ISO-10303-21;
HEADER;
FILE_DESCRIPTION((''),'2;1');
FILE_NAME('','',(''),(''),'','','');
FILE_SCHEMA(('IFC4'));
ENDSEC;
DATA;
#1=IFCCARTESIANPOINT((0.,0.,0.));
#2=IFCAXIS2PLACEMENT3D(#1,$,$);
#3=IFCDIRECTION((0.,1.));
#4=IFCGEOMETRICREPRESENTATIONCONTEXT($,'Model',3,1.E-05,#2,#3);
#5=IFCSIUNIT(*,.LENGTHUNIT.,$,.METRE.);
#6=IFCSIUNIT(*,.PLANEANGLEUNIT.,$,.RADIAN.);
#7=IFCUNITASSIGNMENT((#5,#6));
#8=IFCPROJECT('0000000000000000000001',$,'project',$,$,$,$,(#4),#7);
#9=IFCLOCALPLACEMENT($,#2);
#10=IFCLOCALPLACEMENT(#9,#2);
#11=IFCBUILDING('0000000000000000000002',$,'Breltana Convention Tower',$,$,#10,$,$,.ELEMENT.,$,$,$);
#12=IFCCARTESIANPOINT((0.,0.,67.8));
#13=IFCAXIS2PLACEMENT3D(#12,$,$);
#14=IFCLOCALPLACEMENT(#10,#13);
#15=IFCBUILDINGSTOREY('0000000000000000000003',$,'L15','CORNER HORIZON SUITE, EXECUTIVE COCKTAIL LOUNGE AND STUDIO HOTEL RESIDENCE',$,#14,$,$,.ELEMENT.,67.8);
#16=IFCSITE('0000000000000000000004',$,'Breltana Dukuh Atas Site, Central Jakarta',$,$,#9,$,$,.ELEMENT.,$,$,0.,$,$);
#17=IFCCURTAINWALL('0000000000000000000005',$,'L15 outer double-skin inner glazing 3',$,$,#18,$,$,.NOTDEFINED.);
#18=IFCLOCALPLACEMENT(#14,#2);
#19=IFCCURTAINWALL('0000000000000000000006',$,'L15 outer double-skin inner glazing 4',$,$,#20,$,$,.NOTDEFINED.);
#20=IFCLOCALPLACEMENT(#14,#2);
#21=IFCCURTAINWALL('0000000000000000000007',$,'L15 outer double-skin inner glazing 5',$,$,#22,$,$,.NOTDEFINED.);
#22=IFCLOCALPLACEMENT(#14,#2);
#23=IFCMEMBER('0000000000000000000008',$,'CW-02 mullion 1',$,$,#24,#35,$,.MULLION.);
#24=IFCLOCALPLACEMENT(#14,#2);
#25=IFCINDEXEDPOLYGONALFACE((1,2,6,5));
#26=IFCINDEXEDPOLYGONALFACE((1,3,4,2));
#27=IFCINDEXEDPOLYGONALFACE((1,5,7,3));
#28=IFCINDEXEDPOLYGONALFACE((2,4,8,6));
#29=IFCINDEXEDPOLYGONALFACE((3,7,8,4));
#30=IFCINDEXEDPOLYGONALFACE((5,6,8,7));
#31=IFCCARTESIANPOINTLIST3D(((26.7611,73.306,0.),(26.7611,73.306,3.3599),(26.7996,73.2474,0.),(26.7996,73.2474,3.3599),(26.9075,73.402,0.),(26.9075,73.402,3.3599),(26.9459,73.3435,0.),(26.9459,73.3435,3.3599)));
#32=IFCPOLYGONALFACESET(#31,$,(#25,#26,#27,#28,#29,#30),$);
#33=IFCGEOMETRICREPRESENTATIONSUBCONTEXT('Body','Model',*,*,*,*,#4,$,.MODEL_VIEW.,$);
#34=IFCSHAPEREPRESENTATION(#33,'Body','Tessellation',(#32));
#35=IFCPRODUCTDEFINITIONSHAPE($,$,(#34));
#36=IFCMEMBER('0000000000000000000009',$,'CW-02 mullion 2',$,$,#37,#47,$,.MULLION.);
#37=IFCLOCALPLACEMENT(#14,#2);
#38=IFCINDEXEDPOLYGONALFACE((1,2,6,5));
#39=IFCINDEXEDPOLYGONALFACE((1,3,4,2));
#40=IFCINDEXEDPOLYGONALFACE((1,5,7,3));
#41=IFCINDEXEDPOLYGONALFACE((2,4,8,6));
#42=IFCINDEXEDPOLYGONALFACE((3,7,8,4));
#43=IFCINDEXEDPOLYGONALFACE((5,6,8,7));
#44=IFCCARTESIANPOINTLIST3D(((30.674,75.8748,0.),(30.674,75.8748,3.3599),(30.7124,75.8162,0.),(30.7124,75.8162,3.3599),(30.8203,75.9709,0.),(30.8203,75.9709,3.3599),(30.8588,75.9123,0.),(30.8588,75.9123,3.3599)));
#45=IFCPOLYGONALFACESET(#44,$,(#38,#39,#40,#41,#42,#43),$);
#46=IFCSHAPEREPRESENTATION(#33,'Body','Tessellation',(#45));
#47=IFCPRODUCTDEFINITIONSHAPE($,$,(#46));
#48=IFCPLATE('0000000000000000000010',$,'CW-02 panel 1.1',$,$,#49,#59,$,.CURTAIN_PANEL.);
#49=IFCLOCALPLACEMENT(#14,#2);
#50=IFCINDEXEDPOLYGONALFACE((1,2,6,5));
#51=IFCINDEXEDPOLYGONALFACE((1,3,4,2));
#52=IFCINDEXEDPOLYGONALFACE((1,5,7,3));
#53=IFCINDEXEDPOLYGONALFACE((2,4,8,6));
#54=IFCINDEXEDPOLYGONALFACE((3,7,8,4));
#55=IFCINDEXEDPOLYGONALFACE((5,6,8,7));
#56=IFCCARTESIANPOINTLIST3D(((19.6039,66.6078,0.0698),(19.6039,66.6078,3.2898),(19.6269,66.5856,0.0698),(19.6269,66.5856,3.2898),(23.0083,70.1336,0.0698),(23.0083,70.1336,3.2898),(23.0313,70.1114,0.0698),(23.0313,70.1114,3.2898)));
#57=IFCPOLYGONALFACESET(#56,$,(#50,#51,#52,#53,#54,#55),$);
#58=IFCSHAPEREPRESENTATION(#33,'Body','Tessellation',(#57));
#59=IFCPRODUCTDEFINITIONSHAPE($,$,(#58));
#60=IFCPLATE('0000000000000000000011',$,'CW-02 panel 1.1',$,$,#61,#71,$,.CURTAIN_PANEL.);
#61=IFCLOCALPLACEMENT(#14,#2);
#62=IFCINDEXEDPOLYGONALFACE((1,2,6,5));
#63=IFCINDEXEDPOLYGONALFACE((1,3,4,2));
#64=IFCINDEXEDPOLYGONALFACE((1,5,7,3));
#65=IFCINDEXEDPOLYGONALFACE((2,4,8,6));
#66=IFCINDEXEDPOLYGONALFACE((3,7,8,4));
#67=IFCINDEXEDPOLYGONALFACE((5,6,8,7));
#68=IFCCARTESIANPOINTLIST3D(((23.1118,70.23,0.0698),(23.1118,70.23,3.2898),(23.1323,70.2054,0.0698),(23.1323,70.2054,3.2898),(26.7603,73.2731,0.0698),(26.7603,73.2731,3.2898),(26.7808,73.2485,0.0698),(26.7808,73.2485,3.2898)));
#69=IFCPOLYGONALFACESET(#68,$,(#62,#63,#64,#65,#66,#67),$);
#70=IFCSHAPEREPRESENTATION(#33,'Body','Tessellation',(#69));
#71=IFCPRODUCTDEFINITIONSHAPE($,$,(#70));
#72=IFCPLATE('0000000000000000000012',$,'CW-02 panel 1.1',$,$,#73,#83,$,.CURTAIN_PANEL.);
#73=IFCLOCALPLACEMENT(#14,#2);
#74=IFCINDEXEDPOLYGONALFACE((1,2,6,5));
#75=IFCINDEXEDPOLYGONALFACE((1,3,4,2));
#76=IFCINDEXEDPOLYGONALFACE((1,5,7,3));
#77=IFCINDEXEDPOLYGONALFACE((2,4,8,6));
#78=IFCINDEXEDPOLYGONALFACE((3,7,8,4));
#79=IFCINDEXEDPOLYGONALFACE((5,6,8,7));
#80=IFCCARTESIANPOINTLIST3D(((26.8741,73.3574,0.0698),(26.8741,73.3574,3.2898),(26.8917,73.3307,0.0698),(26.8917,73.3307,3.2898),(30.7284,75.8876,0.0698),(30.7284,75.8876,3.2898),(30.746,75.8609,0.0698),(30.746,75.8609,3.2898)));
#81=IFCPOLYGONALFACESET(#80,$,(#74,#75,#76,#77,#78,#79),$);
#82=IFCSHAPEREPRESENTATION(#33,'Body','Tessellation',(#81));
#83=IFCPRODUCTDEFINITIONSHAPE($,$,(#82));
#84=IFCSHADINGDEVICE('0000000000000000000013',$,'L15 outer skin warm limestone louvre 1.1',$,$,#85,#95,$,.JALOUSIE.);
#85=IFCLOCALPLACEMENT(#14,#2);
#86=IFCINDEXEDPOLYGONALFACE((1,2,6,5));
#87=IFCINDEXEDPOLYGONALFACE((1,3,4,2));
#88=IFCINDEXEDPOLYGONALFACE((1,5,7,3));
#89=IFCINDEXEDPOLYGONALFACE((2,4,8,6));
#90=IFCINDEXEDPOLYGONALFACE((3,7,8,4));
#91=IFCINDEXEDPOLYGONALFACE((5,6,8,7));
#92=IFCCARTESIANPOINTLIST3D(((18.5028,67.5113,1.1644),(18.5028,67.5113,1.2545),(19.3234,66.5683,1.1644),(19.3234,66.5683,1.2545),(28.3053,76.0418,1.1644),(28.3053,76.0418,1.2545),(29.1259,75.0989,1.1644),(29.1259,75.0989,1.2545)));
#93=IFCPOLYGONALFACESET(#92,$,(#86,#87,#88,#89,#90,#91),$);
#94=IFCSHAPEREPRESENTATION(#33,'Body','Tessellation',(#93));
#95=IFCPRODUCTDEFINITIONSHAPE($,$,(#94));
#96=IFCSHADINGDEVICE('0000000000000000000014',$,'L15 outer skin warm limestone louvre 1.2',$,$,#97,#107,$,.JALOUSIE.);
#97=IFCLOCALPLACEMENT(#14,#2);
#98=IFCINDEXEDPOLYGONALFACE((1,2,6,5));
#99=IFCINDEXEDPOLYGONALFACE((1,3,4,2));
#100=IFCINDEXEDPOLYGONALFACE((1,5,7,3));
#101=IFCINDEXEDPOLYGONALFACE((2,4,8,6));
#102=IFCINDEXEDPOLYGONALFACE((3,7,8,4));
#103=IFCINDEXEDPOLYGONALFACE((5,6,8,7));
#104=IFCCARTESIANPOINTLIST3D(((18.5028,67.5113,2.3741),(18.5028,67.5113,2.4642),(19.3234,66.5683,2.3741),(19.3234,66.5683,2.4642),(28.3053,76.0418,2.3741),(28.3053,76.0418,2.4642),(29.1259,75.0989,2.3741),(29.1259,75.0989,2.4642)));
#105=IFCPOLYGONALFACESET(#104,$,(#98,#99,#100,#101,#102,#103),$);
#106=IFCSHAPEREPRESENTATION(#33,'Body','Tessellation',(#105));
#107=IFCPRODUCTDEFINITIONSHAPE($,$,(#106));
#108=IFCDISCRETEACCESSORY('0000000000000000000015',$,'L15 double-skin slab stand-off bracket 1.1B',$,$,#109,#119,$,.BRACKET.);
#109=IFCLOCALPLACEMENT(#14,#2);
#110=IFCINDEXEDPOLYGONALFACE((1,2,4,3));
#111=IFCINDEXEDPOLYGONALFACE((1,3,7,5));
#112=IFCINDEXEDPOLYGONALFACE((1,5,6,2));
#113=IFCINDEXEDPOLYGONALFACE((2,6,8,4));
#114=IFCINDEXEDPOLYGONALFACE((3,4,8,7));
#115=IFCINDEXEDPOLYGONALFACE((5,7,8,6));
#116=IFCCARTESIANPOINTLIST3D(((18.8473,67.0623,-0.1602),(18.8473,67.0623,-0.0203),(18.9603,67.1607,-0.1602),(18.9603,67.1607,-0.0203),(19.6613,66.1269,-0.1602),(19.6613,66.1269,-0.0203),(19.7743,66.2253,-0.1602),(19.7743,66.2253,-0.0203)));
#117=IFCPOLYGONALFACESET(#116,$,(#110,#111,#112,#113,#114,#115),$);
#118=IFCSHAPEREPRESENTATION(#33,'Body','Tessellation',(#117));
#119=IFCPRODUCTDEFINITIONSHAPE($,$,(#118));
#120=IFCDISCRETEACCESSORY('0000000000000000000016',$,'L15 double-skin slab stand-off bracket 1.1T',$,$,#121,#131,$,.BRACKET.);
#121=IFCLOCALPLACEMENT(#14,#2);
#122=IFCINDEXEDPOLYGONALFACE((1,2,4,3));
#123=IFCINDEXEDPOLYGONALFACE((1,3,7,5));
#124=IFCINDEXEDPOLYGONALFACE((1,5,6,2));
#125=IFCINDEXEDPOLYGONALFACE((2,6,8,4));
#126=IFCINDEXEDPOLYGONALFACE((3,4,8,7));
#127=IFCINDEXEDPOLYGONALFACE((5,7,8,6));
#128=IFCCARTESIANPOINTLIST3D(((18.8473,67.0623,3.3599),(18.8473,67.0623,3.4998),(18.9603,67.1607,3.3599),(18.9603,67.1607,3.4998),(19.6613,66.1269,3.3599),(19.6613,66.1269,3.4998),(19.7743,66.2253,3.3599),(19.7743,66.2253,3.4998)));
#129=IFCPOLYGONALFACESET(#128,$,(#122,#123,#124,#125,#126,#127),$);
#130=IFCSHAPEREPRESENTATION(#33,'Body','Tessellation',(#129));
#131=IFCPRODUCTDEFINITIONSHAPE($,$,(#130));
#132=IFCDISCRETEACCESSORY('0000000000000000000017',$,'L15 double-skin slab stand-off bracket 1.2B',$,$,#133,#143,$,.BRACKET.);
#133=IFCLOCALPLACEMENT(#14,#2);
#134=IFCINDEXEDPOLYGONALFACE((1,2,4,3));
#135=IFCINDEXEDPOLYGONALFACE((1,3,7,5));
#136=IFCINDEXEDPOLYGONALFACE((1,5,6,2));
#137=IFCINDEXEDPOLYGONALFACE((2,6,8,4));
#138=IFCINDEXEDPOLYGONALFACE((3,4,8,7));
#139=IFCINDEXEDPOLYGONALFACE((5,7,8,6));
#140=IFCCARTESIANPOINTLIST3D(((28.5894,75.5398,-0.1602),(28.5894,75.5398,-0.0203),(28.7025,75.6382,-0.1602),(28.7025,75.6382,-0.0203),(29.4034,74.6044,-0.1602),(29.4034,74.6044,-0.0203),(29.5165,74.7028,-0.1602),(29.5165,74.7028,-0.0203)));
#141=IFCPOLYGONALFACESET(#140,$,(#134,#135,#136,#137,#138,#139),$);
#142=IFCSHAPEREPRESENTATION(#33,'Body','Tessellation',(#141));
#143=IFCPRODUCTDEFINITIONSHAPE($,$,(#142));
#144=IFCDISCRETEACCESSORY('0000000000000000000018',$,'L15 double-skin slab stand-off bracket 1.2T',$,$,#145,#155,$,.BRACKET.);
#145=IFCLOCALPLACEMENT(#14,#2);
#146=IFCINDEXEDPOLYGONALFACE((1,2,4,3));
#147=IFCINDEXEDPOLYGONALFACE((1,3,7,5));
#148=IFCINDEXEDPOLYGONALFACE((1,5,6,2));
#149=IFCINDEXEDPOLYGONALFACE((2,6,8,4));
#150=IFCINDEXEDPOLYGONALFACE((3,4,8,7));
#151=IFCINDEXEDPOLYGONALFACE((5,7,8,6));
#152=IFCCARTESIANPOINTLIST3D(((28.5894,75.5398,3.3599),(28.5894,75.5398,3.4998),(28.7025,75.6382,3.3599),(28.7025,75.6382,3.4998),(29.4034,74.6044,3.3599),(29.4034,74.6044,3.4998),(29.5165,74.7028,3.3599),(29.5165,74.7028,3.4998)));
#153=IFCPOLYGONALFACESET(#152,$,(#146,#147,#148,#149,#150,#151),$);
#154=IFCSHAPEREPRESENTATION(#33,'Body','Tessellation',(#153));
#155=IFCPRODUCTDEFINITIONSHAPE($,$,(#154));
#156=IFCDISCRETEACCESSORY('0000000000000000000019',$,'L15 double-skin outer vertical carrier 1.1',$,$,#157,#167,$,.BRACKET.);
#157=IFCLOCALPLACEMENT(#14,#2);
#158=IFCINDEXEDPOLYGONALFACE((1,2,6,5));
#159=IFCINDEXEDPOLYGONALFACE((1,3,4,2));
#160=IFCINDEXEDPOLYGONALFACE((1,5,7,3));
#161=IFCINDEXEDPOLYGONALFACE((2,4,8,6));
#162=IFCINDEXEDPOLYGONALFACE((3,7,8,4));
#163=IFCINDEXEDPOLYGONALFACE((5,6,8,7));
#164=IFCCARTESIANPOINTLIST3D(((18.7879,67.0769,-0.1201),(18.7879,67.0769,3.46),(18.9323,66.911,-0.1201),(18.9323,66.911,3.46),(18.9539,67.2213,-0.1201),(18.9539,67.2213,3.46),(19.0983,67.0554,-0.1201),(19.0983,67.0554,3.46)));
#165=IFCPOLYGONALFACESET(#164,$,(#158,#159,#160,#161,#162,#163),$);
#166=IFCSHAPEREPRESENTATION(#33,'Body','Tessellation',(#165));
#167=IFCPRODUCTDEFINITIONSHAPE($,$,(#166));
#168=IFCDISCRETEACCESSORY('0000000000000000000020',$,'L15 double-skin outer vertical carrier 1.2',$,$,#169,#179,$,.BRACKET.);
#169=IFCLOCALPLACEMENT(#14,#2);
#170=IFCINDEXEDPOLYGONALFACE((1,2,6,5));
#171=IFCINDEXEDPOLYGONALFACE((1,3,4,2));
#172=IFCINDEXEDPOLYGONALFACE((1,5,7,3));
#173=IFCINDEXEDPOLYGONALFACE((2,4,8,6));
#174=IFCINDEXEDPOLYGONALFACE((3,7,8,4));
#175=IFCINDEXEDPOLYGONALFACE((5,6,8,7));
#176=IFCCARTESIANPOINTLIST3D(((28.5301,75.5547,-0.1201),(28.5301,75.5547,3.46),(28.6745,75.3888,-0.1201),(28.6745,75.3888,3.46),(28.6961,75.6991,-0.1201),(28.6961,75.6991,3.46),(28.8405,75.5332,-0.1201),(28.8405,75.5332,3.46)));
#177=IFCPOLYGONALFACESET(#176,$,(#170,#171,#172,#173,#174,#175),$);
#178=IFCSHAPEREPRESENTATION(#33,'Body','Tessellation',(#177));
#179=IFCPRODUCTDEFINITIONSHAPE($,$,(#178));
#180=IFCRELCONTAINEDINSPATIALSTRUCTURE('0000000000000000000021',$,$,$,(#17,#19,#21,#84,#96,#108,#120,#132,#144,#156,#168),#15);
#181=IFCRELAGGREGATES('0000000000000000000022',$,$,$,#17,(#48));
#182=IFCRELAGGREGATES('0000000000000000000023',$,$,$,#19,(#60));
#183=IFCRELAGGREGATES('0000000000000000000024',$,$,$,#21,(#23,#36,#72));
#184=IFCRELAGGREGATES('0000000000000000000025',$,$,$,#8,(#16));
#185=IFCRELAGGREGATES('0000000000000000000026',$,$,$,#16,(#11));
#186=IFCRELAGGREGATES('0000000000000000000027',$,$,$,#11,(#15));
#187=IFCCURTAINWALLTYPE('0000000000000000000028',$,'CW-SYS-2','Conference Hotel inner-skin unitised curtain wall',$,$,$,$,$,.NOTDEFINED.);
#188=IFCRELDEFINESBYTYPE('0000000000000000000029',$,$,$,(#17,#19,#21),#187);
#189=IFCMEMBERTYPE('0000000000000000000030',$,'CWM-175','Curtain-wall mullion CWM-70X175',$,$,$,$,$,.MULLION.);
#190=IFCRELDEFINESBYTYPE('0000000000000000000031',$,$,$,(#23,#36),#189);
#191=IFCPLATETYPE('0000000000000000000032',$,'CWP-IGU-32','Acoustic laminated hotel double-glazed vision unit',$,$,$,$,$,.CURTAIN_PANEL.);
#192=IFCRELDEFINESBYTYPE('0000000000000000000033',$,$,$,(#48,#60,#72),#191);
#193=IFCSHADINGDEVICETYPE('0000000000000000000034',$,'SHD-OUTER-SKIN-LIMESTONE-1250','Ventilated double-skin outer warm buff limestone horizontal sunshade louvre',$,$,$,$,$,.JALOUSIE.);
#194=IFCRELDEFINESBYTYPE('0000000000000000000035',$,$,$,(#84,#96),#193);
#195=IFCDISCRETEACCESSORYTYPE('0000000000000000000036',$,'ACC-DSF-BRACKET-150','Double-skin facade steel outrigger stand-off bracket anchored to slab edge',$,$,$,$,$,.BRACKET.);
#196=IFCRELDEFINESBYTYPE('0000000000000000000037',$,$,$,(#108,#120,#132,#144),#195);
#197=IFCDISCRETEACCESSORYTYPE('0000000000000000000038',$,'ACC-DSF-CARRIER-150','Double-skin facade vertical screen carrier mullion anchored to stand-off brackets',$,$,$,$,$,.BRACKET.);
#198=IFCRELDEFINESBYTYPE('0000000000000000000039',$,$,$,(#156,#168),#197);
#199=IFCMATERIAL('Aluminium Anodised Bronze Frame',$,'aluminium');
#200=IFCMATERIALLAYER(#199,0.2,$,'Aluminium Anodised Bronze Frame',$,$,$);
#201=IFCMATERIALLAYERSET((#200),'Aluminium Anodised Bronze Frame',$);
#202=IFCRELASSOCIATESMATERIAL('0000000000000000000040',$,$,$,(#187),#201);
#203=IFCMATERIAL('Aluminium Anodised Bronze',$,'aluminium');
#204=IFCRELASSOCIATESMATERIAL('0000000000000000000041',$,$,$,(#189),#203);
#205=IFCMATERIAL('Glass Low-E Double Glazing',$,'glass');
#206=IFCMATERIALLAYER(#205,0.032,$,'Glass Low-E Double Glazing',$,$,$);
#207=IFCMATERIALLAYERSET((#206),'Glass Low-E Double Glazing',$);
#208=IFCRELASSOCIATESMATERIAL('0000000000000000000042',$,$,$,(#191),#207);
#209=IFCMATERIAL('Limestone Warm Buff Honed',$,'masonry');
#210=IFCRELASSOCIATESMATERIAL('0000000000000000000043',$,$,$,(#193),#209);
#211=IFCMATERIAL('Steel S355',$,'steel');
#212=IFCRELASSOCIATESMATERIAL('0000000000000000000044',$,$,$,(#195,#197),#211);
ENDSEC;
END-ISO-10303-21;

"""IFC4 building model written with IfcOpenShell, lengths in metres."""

from ifc_helpers import new_model, si_unit, direction, frame, origin, origin_2d, place, context, subcontext, project, spatial, rectangle, extrude, source, transform, mapped, material, layer, layer_set, material_profile, profile_set, type_object, type_shapes, element, aggregate, save


model = new_model("IFC4")

# Units and contexts
model_context = context("Model", 3, precision=1e-05, world=origin(), true_north=direction((0.0, 1.0)))
body_context = subcontext(model_context, "Body", "Model", "MODEL_VIEW")
ifc_project = project(units=[si_unit("LENGTHUNIT", "METRE"), si_unit("PLANEANGLEUNIT", "RADIAN")], contexts=[model_context])

# Site, building, storey
site_placement = place(None, origin())
site = spatial("IfcSite", under=ifc_project, at=site_placement, Name="Breltana Dukuh Atas Site, Central Jakarta", CompositionType="ELEMENT", RefElevation=0.0)
building_placement = place(site_placement, origin())
building = spatial("IfcBuilding", under=site, at=building_placement, Name="Breltana Convention Tower", CompositionType="ELEMENT")
storey_placement = place(building_placement, frame((0.0, 0.0, 67.8)))
storey = spatial("IfcBuildingStorey", under=building, at=storey_placement, Name="L15", Description="CORNER HORIZON SUITE, EXECUTIVE COCKTAIL LOUNGE AND STUDIO HOTEL RESIDENCE", CompositionType="ELEMENT", Elevation=67.8)

# Curtain walls
ifc_material_1 = material(Name="Aluminium Anodised Bronze Frame", Category="aluminium")
ifc_layer_1 = layer(ifc_material_1, 0.2, Name="Aluminium Anodised Bronze Frame")
ifc_layer_set_1 = layer_set([ifc_layer_1], Name="Aluminium Anodised Bronze Frame")
curtain_wall_type = type_object("IfcCurtainWallType", Name="CW-SYS-2", Description="Conference Hotel inner-skin unitised curtain wall", PredefinedType="NOTDEFINED", material=ifc_layer_set_1)
curtain_wall_1_placement = place(storey_placement, origin())
curtain_wall_1 = element("IfcCurtainWall", 1, at=curtain_wall_1_placement, inside=storey, type_object=curtain_wall_type, Name="L15 outer double-skin inner glazing 3", PredefinedType="NOTDEFINED")
ifc_material_2 = material(Name="Aluminium Anodised Bronze", Category="aluminium")
curtain_wall_2_placement = place(storey_placement, origin())
curtain_wall_2 = element("IfcCurtainWall", 2, at=curtain_wall_2_placement, inside=storey, type_object=curtain_wall_type, Name="L15 outer double-skin inner glazing 4", PredefinedType="NOTDEFINED")
curtain_wall_3_placement = place(storey_placement, origin())
curtain_wall_3 = element("IfcCurtainWall", 3, at=curtain_wall_3_placement, inside=storey, type_object=curtain_wall_type, Name="L15 outer double-skin inner glazing 5", PredefinedType="NOTDEFINED")

# Shared definitions
ifc_material_profile_1 = material_profile(ifc_material_2, rectangle(XDim=0.0701, YDim=0.175, at=origin_2d()), Name="CWM-70X175")
ifc_profile_set_1 = profile_set([ifc_material_profile_1], Name="Aluminium Anodised Bronze")
member_type_1 = type_object("IfcMemberType", Name="CWM-175", Description="Curtain-wall mullion CWM-70X175", PredefinedType="MULLION", material=ifc_profile_set_1)
shared_shape_1 = source(origin(), body_context, "Body", "SweptSolid", [
    extrude(rectangle(XDim=0.0701, YDim=0.175, at=origin_2d()), origin(), (0.0, 0.0, 1.0), 3.3599),
])

# Members
member_1_placement = place(storey_placement, frame((26.8535, 73.3247, 0.0), z_axis=(0.0, 0.0, 1.0), x_axis=(-0.548784, 0.835964, 0.0)))
member_1 = element("IfcMember", 4, at=member_1_placement, type_object=member_type_1, Name="CW-02 mullion 1", PredefinedType="MULLION", context=body_context, shape_type="MappedRepresentation", body=[
    mapped(shared_shape_1, transform((0.0, 0.0, 0.0), scale=1.0)),
])
member_2_placement = place(storey_placement, frame((30.7664, 75.8936, 0.0), z_axis=(0.0, 0.0, 1.0), x_axis=(-0.548784, 0.835964, 0.0)))
member_2 = element("IfcMember", 5, at=member_2_placement, type_object=member_type_1, Name="CW-02 mullion 2", PredefinedType="MULLION", context=body_context, shape_type="MappedRepresentation", body=[
    mapped(shared_shape_1, transform((0.0, 0.0, 0.0), scale=1.0)),
])

# Plates
ifc_material_3 = material(Name="Glass Low-E Double Glazing", Category="glass")
ifc_layer_2 = layer(ifc_material_3, 0.032, Name="Glass Low-E Double Glazing")
ifc_layer_set_2 = layer_set([ifc_layer_2], Name="Glass Low-E Double Glazing")
plate_type = type_object("IfcPlateType", Name="CWP-IGU-32", Description="Acoustic laminated hotel double-glazed vision unit", PredefinedType="CURTAIN_PANEL", material=ifc_layer_set_2)
shared_shape_2 = source(origin(), body_context, "Body", "SweptSolid", [
    extrude(rectangle(XDim=4.9011, YDim=0.032, at=origin_2d()), origin(), (0.0, 0.0, 1.0), 3.22),
])
plate_1_placement = place(storey_placement, frame((21.3176, 68.3596, 0.0698), z_axis=(0.0, 0.0, 1.0), x_axis=(0.69461, 0.719386, 0.0)))
plate_1 = element("IfcPlate", 6, at=plate_1_placement, type_object=plate_type, Name="CW-02 panel 1.1", PredefinedType="CURTAIN_PANEL", context=body_context, shape_type="MappedRepresentation", body=[
    mapped(shared_shape_2, transform((0.0, 0.0, 0.0), scale=1.0)),
])
aggregate(curtain_wall_1, [plate_1])
shared_shape_3 = source(origin(), body_context, "Body", "SweptSolid", [
    extrude(rectangle(XDim=4.751, YDim=0.032, at=origin_2d()), origin(), (0.0, 0.0, 1.0), 3.22),
])
plate_2_placement = place(storey_placement, frame((24.9463, 71.7393, 0.0698), z_axis=(0.0, 0.0, 1.0), x_axis=(0.767941, 0.64052, 0.0)))
plate_2 = element("IfcPlate", 7, at=plate_2_placement, type_object=plate_type, Name="CW-02 panel 1.1", PredefinedType="CURTAIN_PANEL", context=body_context, shape_type="MappedRepresentation", body=[
    mapped(shared_shape_3, transform((0.0, 0.0, 0.0), scale=1.0)),
])
aggregate(curtain_wall_2, [plate_2])
shared_shape_4 = source(origin(), body_context, "Body", "SweptSolid", [
    extrude(rectangle(XDim=4.6106, YDim=0.032, at=origin_2d()), origin(), (0.0, 0.0, 1.0), 3.22),
])
plate_3_placement = place(storey_placement, frame((28.8101, 74.6091, 0.0698), z_axis=(0.0, 0.0, 1.0), x_axis=(0.835964, 0.548784, 0.0)))
plate_3 = element("IfcPlate", 8, at=plate_3_placement, type_object=plate_type, Name="CW-02 panel 1.1", PredefinedType="CURTAIN_PANEL", context=body_context, shape_type="MappedRepresentation", body=[
    mapped(shared_shape_4, transform((0.0, 0.0, 0.0), scale=1.0)),
])
aggregate(curtain_wall_3, [member_1, member_2, plate_3])

# Shading devices
ifc_material_4 = material(Name="Limestone Warm Buff Honed", Category="masonry")
ifc_material_profile_2 = material_profile(ifc_material_4, rectangle(XDim=1.25, YDim=0.0901, at=origin_2d()), Name="STN-LVR-1250X90")
ifc_profile_set_2 = profile_set([ifc_material_profile_2], Name="Limestone Warm Buff Honed")
shading_device_type = type_object("IfcShadingDeviceType", Name="SHD-OUTER-SKIN-LIMESTONE-1250", Description="Ventilated double-skin outer warm buff limestone horizontal sunshade louvre", PredefinedType="JALOUSIE", material=ifc_profile_set_2)
shared_shape_5 = source(origin(), body_context, "Body", "SweptSolid", [
    extrude(rectangle(XDim=1.25, YDim=0.0901, at=origin_2d()), origin(), (0.0, 0.0, 1.0), 12.9946),
])
type_shapes(shading_device_type, [shared_shape_5])
for number, where, z_axis, x_axis, name in (
    (9, (18.9131, 67.0398, 1.2095), (0.754353, 0.656468, 0.0), (-0.656468, 0.754353, 0.0), "L15 outer skin warm limestone louvre 1.1"),
    (10, (18.9131, 67.0398, 2.4192), (0.754353, 0.656468, 0.0), (-0.656468, 0.754353, 0.0), "L15 outer skin warm limestone louvre 1.2"),
):
    element("IfcShadingDevice", number, at=place(storey_placement, frame(where, z_axis=z_axis, x_axis=x_axis)), inside=storey, type_object=shading_device_type, Name=name, PredefinedType="JALOUSIE", context=body_context, shape_type="MappedRepresentation", body=[
        mapped(shared_shape_5, transform((0.0, 0.0, 0.0), scale=1.0)),
    ])

# Discrete accessories
ifc_material_5 = material(Name="Steel S355", Category="steel")
discrete_accessory_type_1 = type_object("IfcDiscreteAccessoryType", Name="ACC-DSF-BRACKET-150", Description="Double-skin facade steel outrigger stand-off bracket anchored to slab edge", PredefinedType="BRACKET", material=ifc_material_5)
shared_shape_6 = source(origin(), body_context, "Body", "SweptSolid", [
    extrude(rectangle(XDim=1.24, YDim=0.1499, at=origin_2d()), origin(), (0.0, 0.0, 1.0), 0.1399),
])
type_shapes(discrete_accessory_type_1, [shared_shape_6])
for number, where, z_axis, x_axis, name in (
    (11, (19.3108, 66.6438, -0.1602), (0.0, 0.0, 1.0), (-0.656457, 0.754364, 0.0), "L15 double-skin slab stand-off bracket 1.1B"),
    (12, (19.3108, 66.6438, 3.3599), (0.0, 0.0, 1.0), (-0.656457, 0.754364, 0.0), "L15 double-skin slab stand-off bracket 1.1T"),
    (13, (29.053, 75.1213, -0.1602), (0.0, 0.0, 1.0), (-0.656457, 0.754364, 0.0), "L15 double-skin slab stand-off bracket 1.2B"),
    (14, (29.053, 75.1213, 3.3599), (0.0, 0.0, 1.0), (-0.656457, 0.754364, 0.0), "L15 double-skin slab stand-off bracket 1.2T"),
):
    element("IfcDiscreteAccessory", number, at=place(storey_placement, frame(where, z_axis=z_axis, x_axis=x_axis)), inside=storey, type_object=discrete_accessory_type_1, Name=name, PredefinedType="BRACKET", context=body_context, shape_type="MappedRepresentation", body=[
        mapped(shared_shape_6, transform((0.0, 0.0, 0.0), scale=1.0)),
    ])
discrete_accessory_type_2 = type_object("IfcDiscreteAccessoryType", Name="ACC-DSF-CARRIER-150", Description="Double-skin facade vertical screen carrier mullion anchored to stand-off brackets", PredefinedType="BRACKET", material=ifc_material_5)
shared_shape_7 = source(origin(), body_context, "Body", "SweptSolid", [
    extrude(rectangle(XDim=0.22, YDim=0.22, at=origin_2d()), origin(), (0.0, 0.0, 1.0), 3.5801),
])
for number, where, z_axis, x_axis, name in (
    (15, (18.9431, 67.0662, -0.1201), (0.0, 0.0, 1.0), (-0.656457, 0.754364, 0.0), "L15 double-skin outer vertical carrier 1.1"),
    (16, (28.6853, 75.5439, -0.1201), (0.0, 0.0, 1.0), (-0.656457, 0.754364, 0.0), "L15 double-skin outer vertical carrier 1.2"),
):
    element("IfcDiscreteAccessory", number, at=place(storey_placement, frame(where, z_axis=z_axis, x_axis=x_axis)), inside=storey, type_object=discrete_accessory_type_2, Name=name, PredefinedType="BRACKET", context=body_context, shape_type="MappedRepresentation", body=[
        mapped(shared_shape_7, transform((0.0, 0.0, 0.0), scale=1.0)),
    ])

save(model, "model.ifc")
